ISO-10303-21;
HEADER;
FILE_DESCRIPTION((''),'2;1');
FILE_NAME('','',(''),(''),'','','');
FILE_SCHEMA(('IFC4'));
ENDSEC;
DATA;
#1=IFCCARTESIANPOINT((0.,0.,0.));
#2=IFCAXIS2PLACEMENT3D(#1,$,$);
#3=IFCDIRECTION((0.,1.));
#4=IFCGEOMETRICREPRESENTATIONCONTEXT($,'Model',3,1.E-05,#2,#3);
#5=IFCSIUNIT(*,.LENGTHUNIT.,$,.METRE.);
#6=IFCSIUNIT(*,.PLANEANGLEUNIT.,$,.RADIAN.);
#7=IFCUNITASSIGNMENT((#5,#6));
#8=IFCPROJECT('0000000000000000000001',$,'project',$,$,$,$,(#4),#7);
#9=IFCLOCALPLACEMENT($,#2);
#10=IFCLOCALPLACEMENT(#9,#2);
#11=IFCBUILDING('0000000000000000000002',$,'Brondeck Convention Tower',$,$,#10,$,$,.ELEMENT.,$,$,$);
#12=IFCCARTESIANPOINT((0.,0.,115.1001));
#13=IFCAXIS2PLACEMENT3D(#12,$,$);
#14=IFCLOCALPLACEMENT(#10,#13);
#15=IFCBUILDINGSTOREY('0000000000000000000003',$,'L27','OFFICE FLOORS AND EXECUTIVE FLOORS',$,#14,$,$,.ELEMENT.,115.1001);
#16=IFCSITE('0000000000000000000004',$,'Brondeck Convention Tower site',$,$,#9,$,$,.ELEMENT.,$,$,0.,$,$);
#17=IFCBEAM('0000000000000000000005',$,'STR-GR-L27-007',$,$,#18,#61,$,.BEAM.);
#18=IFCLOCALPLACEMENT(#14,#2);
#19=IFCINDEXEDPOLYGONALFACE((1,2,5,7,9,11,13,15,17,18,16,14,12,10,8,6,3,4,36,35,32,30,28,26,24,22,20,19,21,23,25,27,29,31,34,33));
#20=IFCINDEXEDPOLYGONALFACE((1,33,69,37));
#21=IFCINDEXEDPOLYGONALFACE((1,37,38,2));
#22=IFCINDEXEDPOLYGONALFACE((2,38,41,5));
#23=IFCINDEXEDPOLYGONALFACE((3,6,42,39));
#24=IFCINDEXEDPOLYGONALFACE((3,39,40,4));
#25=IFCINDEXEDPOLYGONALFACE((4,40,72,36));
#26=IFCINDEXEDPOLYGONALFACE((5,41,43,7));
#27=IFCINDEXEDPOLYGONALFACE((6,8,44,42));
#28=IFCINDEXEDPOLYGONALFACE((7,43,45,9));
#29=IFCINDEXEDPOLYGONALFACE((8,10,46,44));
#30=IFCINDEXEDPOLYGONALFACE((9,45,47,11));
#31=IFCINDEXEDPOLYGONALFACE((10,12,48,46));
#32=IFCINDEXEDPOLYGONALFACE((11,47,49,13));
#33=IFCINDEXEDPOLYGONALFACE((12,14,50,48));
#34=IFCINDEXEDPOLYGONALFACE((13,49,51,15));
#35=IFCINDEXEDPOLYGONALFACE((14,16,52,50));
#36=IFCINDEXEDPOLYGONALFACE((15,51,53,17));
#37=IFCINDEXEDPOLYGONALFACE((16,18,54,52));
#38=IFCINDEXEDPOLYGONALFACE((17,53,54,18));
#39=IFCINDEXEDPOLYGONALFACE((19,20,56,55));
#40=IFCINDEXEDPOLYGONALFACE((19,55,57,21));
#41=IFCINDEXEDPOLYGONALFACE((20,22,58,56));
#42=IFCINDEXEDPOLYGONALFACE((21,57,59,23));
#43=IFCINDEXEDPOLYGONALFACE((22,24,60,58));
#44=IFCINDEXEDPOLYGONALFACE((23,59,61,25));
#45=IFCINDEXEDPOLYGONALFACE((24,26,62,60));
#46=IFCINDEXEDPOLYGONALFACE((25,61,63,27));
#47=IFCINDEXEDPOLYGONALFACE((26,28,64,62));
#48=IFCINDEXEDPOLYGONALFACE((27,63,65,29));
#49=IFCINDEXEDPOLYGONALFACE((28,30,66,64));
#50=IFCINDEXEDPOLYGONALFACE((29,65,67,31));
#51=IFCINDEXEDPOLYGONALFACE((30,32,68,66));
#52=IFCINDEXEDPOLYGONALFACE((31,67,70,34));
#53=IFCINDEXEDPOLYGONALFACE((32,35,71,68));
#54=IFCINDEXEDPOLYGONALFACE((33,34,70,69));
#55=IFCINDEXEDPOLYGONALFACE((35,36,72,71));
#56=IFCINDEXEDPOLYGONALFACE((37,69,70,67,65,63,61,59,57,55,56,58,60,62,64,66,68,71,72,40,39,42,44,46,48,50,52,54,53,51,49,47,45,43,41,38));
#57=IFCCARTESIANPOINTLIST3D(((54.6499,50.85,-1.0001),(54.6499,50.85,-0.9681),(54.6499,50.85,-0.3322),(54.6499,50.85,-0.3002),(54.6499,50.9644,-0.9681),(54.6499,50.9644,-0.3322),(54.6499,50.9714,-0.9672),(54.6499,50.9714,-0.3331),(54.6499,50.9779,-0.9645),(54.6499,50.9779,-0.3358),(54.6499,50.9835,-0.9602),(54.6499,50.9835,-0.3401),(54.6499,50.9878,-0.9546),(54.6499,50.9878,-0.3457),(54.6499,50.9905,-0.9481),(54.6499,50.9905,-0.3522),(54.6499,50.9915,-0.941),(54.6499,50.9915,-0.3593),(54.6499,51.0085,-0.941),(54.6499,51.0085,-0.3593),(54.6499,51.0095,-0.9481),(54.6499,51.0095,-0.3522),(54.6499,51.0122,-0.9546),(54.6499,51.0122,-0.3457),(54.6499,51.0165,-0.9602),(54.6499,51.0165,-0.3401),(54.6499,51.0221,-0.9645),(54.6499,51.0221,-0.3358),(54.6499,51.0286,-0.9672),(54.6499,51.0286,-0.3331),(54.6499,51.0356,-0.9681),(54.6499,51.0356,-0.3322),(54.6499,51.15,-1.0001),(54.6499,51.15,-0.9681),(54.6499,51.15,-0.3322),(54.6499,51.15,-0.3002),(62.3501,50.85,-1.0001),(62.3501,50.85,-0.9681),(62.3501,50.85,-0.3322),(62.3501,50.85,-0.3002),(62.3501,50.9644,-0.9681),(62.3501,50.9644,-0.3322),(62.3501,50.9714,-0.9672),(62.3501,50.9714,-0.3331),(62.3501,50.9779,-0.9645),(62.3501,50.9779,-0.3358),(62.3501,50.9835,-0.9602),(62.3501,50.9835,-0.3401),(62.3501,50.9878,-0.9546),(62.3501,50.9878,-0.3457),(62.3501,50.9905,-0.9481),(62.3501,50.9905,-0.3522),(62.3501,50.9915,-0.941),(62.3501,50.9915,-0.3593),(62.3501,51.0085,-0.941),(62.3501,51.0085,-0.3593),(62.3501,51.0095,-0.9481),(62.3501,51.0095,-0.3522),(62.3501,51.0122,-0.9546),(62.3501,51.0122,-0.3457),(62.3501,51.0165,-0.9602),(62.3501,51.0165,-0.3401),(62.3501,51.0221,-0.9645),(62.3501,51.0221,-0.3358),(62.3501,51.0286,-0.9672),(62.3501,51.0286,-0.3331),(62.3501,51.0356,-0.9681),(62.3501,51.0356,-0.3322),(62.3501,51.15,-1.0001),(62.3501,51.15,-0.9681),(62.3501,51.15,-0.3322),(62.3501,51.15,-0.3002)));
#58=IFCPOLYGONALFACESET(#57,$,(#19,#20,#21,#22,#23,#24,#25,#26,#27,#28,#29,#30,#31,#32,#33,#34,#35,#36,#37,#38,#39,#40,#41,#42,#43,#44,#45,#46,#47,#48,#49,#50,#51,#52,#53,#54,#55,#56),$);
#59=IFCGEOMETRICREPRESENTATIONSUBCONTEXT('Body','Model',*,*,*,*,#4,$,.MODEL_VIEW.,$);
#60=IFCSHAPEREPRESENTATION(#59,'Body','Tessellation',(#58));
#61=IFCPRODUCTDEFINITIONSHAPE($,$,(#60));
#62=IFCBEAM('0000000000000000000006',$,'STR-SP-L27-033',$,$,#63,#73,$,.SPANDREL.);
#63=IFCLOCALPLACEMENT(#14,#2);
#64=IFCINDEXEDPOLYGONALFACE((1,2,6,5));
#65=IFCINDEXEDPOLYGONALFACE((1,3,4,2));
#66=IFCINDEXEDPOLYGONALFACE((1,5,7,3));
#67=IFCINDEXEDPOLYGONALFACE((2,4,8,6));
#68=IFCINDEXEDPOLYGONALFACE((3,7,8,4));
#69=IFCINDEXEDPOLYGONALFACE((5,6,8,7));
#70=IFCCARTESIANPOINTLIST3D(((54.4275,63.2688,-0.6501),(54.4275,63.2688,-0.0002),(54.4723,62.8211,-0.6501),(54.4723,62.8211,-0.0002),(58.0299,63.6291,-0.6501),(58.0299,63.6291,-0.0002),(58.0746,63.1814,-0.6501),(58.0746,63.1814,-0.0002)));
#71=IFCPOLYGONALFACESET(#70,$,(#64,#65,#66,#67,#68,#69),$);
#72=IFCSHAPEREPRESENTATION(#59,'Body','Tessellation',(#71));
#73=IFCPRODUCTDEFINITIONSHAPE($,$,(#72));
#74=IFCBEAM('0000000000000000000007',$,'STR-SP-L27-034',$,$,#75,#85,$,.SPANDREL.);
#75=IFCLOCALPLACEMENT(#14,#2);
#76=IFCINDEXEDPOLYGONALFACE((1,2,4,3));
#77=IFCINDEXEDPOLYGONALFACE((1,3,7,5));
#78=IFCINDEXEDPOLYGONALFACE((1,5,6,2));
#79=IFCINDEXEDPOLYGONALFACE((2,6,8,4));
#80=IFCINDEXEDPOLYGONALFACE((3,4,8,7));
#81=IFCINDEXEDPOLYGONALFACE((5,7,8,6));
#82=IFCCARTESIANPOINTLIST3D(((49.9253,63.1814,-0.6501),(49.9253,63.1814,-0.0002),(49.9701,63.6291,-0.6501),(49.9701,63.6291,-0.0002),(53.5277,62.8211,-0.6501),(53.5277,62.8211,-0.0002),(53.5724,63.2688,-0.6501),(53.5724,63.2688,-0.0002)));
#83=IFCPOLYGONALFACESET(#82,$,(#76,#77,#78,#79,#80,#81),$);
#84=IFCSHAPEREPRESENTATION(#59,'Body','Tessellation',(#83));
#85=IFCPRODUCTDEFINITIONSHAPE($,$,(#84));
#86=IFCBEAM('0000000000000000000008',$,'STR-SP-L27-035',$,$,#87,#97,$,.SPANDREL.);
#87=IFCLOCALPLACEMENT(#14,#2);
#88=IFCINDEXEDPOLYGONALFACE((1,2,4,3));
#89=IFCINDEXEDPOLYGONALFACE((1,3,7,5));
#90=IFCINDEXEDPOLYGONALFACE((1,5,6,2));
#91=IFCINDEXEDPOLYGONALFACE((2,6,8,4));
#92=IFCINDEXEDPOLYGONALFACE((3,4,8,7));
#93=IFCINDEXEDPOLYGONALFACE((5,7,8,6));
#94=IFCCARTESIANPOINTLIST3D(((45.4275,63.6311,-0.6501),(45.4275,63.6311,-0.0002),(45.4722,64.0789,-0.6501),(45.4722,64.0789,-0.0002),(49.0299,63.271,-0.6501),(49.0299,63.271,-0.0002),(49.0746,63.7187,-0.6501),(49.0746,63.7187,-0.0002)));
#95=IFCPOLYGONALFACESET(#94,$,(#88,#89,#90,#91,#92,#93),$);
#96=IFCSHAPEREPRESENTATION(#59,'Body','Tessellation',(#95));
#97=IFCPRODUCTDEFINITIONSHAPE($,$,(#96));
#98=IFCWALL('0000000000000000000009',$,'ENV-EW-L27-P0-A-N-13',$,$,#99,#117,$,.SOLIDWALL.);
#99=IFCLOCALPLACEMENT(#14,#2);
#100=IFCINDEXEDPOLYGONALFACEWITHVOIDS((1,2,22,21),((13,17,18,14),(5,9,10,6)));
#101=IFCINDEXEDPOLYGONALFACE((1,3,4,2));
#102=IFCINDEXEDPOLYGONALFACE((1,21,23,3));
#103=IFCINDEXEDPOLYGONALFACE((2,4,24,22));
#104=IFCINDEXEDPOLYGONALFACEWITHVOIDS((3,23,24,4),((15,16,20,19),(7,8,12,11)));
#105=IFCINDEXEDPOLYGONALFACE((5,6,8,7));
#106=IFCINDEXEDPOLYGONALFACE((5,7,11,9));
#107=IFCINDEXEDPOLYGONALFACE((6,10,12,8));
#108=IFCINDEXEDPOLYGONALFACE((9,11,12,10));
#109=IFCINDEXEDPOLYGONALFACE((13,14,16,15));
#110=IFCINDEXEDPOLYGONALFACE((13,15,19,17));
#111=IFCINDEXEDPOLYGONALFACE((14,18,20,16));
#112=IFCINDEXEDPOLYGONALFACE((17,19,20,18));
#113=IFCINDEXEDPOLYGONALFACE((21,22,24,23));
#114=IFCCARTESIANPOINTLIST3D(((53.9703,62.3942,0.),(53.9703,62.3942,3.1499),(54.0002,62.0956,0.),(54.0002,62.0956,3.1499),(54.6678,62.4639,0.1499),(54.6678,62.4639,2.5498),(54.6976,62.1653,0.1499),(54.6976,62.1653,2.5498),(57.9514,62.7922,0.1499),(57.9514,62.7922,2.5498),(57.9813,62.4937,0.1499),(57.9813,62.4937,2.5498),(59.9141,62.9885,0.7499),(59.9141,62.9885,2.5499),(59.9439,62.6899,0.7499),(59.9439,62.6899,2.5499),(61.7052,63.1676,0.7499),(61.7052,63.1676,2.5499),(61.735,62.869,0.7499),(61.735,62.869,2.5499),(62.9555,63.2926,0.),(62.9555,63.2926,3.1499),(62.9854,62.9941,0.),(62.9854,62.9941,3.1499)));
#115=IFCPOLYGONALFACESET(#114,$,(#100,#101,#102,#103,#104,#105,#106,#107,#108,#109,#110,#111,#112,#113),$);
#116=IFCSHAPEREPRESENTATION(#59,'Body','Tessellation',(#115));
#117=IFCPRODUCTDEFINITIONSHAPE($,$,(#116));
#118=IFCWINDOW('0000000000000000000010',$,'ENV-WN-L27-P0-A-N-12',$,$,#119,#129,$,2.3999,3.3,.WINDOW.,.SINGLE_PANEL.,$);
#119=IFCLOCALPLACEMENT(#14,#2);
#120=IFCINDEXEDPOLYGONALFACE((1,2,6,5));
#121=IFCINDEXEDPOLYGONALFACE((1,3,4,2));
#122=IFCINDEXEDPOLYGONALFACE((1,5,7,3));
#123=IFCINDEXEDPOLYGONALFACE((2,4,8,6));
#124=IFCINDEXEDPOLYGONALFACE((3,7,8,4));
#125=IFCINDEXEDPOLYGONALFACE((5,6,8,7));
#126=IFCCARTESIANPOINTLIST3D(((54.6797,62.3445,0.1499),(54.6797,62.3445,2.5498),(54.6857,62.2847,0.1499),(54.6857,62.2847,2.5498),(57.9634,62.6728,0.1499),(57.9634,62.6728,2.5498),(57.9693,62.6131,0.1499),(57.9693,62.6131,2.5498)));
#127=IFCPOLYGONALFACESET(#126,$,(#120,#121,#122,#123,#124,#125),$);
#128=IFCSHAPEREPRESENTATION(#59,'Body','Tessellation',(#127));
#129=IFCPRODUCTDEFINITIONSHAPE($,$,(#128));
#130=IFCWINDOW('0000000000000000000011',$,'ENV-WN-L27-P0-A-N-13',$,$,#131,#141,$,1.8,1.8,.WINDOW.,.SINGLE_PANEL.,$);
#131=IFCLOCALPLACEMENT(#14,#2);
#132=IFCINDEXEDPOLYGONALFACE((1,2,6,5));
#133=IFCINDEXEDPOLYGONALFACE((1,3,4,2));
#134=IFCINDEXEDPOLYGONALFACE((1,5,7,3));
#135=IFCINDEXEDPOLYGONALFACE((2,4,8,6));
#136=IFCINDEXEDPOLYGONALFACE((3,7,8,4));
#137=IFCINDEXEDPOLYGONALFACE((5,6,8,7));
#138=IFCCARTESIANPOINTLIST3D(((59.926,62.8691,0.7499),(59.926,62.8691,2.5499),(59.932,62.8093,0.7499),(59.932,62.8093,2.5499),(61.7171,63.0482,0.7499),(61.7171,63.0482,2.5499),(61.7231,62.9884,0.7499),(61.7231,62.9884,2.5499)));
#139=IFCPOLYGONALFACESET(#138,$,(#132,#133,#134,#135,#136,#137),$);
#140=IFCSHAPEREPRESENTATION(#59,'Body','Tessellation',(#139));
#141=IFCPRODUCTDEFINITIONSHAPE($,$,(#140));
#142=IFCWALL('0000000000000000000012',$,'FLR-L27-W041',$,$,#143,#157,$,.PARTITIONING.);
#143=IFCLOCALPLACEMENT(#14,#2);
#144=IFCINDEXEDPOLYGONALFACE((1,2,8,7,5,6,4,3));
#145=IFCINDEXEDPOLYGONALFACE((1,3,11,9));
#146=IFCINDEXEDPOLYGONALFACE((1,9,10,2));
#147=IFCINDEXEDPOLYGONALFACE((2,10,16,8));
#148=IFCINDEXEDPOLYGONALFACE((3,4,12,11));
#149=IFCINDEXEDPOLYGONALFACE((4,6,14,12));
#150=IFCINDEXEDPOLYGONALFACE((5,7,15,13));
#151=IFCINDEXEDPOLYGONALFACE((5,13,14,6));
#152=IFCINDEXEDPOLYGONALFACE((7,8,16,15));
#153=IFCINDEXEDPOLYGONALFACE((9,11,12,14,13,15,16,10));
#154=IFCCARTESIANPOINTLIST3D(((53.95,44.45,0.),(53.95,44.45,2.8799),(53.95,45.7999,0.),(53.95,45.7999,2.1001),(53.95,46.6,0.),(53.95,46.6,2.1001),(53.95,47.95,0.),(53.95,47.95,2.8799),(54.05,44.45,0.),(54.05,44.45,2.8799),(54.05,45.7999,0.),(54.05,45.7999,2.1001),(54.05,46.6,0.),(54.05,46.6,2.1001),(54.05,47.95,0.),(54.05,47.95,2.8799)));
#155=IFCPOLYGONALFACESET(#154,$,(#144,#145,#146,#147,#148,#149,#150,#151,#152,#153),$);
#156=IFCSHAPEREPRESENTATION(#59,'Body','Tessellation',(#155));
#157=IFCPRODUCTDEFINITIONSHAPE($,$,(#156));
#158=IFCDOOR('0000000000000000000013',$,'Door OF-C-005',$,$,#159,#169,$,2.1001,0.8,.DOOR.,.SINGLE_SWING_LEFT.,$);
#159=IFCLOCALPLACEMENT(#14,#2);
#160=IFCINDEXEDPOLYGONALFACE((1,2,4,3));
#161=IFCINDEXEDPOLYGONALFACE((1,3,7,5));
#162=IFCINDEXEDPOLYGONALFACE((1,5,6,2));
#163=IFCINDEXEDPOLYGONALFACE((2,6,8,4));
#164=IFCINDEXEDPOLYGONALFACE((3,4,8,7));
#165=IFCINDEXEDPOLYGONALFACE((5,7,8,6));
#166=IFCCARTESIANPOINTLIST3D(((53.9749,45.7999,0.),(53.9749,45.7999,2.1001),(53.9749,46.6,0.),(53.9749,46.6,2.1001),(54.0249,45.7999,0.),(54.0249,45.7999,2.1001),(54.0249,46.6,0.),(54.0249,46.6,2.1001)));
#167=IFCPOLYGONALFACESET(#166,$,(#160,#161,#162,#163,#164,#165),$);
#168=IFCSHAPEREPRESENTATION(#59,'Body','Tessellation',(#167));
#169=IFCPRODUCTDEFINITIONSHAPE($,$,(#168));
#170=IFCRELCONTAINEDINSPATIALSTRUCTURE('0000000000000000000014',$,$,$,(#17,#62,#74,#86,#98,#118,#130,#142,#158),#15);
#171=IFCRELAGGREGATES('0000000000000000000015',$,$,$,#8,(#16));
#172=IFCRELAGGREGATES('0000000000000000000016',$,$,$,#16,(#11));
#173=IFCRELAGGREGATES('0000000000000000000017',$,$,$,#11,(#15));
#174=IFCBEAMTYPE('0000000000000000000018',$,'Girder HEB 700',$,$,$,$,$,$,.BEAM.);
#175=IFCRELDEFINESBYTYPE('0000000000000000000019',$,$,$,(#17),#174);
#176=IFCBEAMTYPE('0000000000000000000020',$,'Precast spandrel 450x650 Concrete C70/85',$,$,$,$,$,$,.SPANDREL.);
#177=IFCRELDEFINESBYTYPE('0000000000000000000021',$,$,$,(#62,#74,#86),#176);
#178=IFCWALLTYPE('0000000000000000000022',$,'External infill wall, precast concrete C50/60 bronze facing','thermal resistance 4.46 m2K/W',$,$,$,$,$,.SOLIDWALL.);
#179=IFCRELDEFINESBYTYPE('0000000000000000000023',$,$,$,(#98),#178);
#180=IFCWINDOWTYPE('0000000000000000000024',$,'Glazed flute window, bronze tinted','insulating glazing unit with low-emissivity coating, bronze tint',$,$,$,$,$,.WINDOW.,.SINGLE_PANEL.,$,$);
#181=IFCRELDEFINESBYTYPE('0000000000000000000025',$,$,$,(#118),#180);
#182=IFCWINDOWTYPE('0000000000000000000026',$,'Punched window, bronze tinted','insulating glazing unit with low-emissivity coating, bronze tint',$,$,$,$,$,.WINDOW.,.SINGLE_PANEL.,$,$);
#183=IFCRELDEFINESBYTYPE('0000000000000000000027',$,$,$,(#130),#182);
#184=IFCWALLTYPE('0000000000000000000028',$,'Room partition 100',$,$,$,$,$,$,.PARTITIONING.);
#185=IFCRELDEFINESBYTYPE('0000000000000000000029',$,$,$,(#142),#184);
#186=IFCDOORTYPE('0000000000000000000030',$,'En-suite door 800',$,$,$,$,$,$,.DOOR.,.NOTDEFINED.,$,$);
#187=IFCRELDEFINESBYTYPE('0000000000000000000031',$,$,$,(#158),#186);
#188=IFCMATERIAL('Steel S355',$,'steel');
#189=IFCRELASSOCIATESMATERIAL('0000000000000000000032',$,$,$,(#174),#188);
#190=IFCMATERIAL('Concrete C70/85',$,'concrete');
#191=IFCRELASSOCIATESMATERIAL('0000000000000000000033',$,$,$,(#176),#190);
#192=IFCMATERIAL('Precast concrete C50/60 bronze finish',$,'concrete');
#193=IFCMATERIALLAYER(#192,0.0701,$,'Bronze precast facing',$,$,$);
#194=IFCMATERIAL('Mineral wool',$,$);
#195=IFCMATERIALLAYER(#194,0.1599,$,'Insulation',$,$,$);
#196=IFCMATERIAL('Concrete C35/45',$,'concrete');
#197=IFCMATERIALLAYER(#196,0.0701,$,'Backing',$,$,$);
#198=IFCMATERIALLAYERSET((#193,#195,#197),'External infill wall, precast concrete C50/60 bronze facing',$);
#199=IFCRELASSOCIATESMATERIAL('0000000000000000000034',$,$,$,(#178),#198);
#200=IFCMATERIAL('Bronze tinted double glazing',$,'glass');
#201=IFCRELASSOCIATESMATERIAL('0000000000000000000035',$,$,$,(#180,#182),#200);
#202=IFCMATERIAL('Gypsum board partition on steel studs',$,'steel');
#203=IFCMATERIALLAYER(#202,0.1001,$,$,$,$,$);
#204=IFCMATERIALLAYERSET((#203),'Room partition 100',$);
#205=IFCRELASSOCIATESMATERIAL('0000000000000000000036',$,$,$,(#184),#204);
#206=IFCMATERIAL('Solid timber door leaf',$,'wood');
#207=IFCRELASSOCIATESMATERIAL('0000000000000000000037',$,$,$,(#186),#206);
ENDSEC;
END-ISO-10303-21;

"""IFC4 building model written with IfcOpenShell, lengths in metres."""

from ifc_helpers import new_model, si_unit, direction, frame, frame_2d, origin, origin_2d, place, context, subcontext, project, spatial, rectangle, i_section, extrude, material, layer, layer_set, material_profile, profile_set, type_object, element, fill, save


model = new_model("IFC4")

# Units and contexts
model_context = context("Model", 3, precision=1e-05, world=origin(), true_north=direction((0.0, 1.0)))
body_context = subcontext(model_context, "Body", "Model", "MODEL_VIEW")
ifc_project = project(units=[si_unit("LENGTHUNIT", "METRE"), si_unit("PLANEANGLEUNIT", "RADIAN")], contexts=[model_context])

# Site, building, storey
site_placement = place(None, origin())
site = spatial("IfcSite", under=ifc_project, at=site_placement, Name="Brondeck Convention Tower site", CompositionType="ELEMENT", RefElevation=0.0)
building_placement = place(site_placement, origin())
building = spatial("IfcBuilding", under=site, at=building_placement, Name="Brondeck Convention Tower", CompositionType="ELEMENT")
storey_placement = place(building_placement, frame((0.0, 0.0, 115.1001)))
storey = spatial("IfcBuildingStorey", under=building, at=storey_placement, Name="L27", Description="OFFICE FLOORS AND EXECUTIVE FLOORS", CompositionType="ELEMENT", Elevation=115.1001)

# Shared definitions
ifc_material_1 = material(Name="Concrete C70/85", Category="concrete")

# Beams
ifc_material_2 = material(Name="Steel S355", Category="steel")
ifc_material_profile_1 = material_profile(ifc_material_2, i_section(OverallWidth=0.3, OverallDepth=0.7, WebThickness=0.0171, FlangeThickness=0.032, FilletRadius=0.0271, at=origin_2d()), Name="HEB 700")
ifc_profile_set_1 = profile_set([ifc_material_profile_1], Name="Steel S355")
beam_type_1 = type_object("IfcBeamType", Name="Girder HEB 700", PredefinedType="BEAM", material=ifc_profile_set_1)
for number, where, z_axis, x_axis, name in (
    (1, (54.6499, 51.0, -0.6501), (1.0, 0.0, 0.0), (0.0, 1.0, 0.0), "STR-GR-L27-007"),
):
    element("IfcBeam", number, at=place(storey_placement, frame(where, z_axis=z_axis, x_axis=x_axis)), inside=storey, type_object=beam_type_1, Name=name, PredefinedType="BEAM", context=body_context, shape_type="SweptSolid", body=[
        extrude(i_section(OverallWidth=0.3, OverallDepth=0.7, WebThickness=0.0171, FlangeThickness=0.032, FilletRadius=0.0271, at=origin_2d()), origin(), (0.0, 0.0, 1.0), 7.7002),
    ])
ifc_material_profile_2 = material_profile(ifc_material_1, rectangle(XDim=0.45, YDim=0.6499, at=origin_2d()), Name="Precast spandrel 450x650 Concrete C70/85")
ifc_profile_set_2 = profile_set([ifc_material_profile_2], Name="Concrete C70/85")
beam_type_2 = type_object("IfcBeamType", Name="Precast spandrel 450x650 Concrete C70/85", PredefinedType="SPANDREL", material=ifc_profile_set_2)
for number, where, z_axis, x_axis, name in (
    (2, (58.0522, 63.4053, -0.3252), (-0.995034, -0.099537, 0.0), (0.099537, -0.995034, 0.0), "STR-SP-L27-033"),
    (3, (53.55, 63.0449, -0.3252), (-0.995034, 0.099537, 0.0), (-0.099537, -0.995034, 0.0), "STR-SP-L27-034"),
    (4, (49.0522, 63.4949, -0.3252), (-0.995041, 0.09947, 0.0), (-0.09947, -0.995041, 0.0), "STR-SP-L27-035"),
):
    element("IfcBeam", number, at=place(storey_placement, frame(where, z_axis=z_axis, x_axis=x_axis)), inside=storey, type_object=beam_type_2, Name=name, PredefinedType="SPANDREL", context=body_context, shape_type="SweptSolid", body=[
        extrude(rectangle(XDim=0.45, YDim=0.6499, at=origin_2d()), origin(), (0.0, 0.0, 1.0), 3.6204),
    ])

# Wall, openings, windows
ifc_material_3 = material(Name="Precast concrete C50/60 bronze finish", Category="concrete")
ifc_layer_1 = layer(ifc_material_3, 0.0701, Name="Bronze precast facing")
ifc_material_4 = material(Name="Mineral wool")
ifc_layer_2 = layer(ifc_material_4, 0.1599, Name="Insulation")
ifc_material_5 = material(Name="Concrete C35/45", Category="concrete")
ifc_layer_3 = layer(ifc_material_5, 0.0701, Name="Backing")
ifc_layer_set_1 = layer_set([ifc_layer_1, ifc_layer_2, ifc_layer_3], Name="External infill wall, precast concrete C50/60 bronze facing")
wall_type_1 = type_object("IfcWallType", Name="External infill wall, precast concrete C50/60 bronze facing", Description="thermal resistance 4.46 m2K/W", PredefinedType="SOLIDWALL", material=ifc_layer_set_1)
wall_1_placement = place(storey_placement, frame((53.9851, 62.2449, 0.0), z_axis=(0.0, 0.0, 1.0), x_axis=(0.995038, 0.099496, 0.0)))
wall_1 = element("IfcWall", 5, at=wall_1_placement, inside=storey, type_object=wall_type_1, Name="ENV-EW-L27-P0-A-N-13", PredefinedType="SOLIDWALL", context=body_context, shape_type="SweptSolid", body=[
    extrude(rectangle(XDim=9.03, YDim=0.3, at=frame_2d((4.5151, 0.0))), origin(), (0.0, 0.0, 1.0), 3.1499),
])
opening_1_placement = place(wall_1_placement, frame((0.7012, 0.0, 0.1499)))
opening_1 = element("IfcOpeningElement", 6, at=opening_1_placement, cuts=wall_1, PredefinedType="OPENING", context=body_context, shape_type="SweptSolid", body=[
    extrude(rectangle(XDim=3.3, YDim=2.3999, at=frame_2d((1.6499, 1.2))), frame((0.0, 0.1599, 0.0), z_axis=(0.0, -1.0, 0.0), x_axis=(1.0, 0.0, 0.0)), (0.0, 0.0, 1.0), 0.3201),
])
opening_2_placement = place(wall_1_placement, frame((5.9736, 0.0, 0.75)))
opening_2 = element("IfcOpeningElement", 7, at=opening_2_placement, cuts=wall_1, PredefinedType="OPENING", context=body_context, shape_type="SweptSolid", body=[
    extrude(rectangle(XDim=1.8, YDim=1.8, at=frame_2d((0.8999, 0.8999))), frame((0.0, 0.1599, 0.0), z_axis=(0.0, -1.0, 0.0), x_axis=(1.0, 0.0, 0.0)), (0.0, 0.0, 1.0), 0.3201),
])
ifc_material_6 = material(Name="Bronze tinted double glazing", Category="glass")
window_type_1 = type_object("IfcWindowType", Name="Glazed flute window, bronze tinted", Description="insulating glazing unit with low-emissivity coating, bronze tint", PartitioningType="SINGLE_PANEL", PredefinedType="WINDOW", material=ifc_material_6)
window_1_placement = place(opening_1_placement, origin())
window_1 = element("IfcWindow", 8, at=window_1_placement, inside=storey, type_object=window_type_1, Name="ENV-WN-L27-P0-A-N-12", OverallHeight=2.3999, OverallWidth=3.3, PartitioningType="SINGLE_PANEL", PredefinedType="WINDOW", context=body_context, shape_type="SweptSolid", body=[
    extrude(rectangle(XDim=3.3, YDim=2.3999, at=frame_2d((1.6499, 1.2))), frame((0.0, 0.03, 0.0), z_axis=(0.0, -1.0, 0.0), x_axis=(1.0, 0.0, 0.0)), (0.0, 0.0, 1.0), 0.0601),
])
fill(opening_1, window_1)
window_type_2 = type_object("IfcWindowType", Name="Punched window, bronze tinted", Description="insulating glazing unit with low-emissivity coating, bronze tint", PartitioningType="SINGLE_PANEL", PredefinedType="WINDOW", material=ifc_material_6)
window_2_placement = place(opening_2_placement, origin())
window_2 = element("IfcWindow", 9, at=window_2_placement, inside=storey, type_object=window_type_2, Name="ENV-WN-L27-P0-A-N-13", OverallHeight=1.8, OverallWidth=1.8, PartitioningType="SINGLE_PANEL", PredefinedType="WINDOW", context=body_context, shape_type="SweptSolid", body=[
    extrude(rectangle(XDim=1.8, YDim=1.8, at=frame_2d((0.8999, 0.8999))), frame((0.0, 0.03, 0.0), z_axis=(0.0, -1.0, 0.0), x_axis=(1.0, 0.0, 0.0)), (0.0, 0.0, 1.0), 0.0601),
])
fill(opening_2, window_2)

# Wall, opening, door
ifc_material_7 = material(Name="Gypsum board partition on steel studs", Category="steel")
ifc_layer_4 = layer(ifc_material_7, 0.1001)
ifc_layer_set_2 = layer_set([ifc_layer_4], Name="Room partition 100")
wall_type_2 = type_object("IfcWallType", Name="Room partition 100", PredefinedType="PARTITIONING", material=ifc_layer_set_2)
wall_2_placement = place(storey_placement, frame((54.0, 47.95, 0.0), z_axis=(0.0, 0.0, 1.0), x_axis=(0.0, -1.0, 0.0)))
wall_2 = element("IfcWall", 10, at=wall_2_placement, inside=storey, type_object=wall_type_2, Name="FLR-L27-W041", PredefinedType="PARTITIONING", context=body_context, shape_type="SweptSolid", body=[
    extrude(rectangle(XDim=3.5, YDim=0.1001, at=frame_2d((1.75, 0.0))), origin(), (0.0, 0.0, 1.0), 2.8799),
])
opening_3_placement = place(wall_2_placement, frame((1.3501, 0.0, 0.0)))
opening_3 = element("IfcOpeningElement", 11, at=opening_3_placement, cuts=wall_2, PredefinedType="OPENING", context=body_context, shape_type="SweptSolid", body=[
    extrude(rectangle(XDim=0.8, YDim=2.1001, at=frame_2d((0.3999, 1.05))), frame((0.0, 0.0601, 0.0), z_axis=(0.0, -1.0, 0.0), x_axis=(1.0, 0.0, 0.0)), (0.0, 0.0, 1.0), 0.1201),
])
ifc_material_8 = material(Name="Solid timber door leaf", Category="wood")
door_type_1 = type_object("IfcDoorType", Name="En-suite door 800", OperationType="NOTDEFINED", PredefinedType="DOOR", material=ifc_material_8)
door_1_placement = place(opening_3_placement, origin())
door_1 = element("IfcDoor", 12, at=door_1_placement, inside=storey, type_object=door_type_1, Name="Door OF-C-005", OperationType="SINGLE_SWING_LEFT", OverallHeight=2.1001, OverallWidth=0.8, PredefinedType="DOOR", context=body_context, shape_type="SweptSolid", body=[
    extrude(rectangle(XDim=0.8, YDim=2.1001, at=frame_2d((0.3999, 1.05))), frame((0.0, 0.0249, 0.0), z_axis=(0.0, -1.0, 0.0), x_axis=(1.0, 0.0, 0.0)), (0.0, 0.0, 1.0), 0.05),
])
fill(opening_3, door_1)

save(model, "model.ifc")
